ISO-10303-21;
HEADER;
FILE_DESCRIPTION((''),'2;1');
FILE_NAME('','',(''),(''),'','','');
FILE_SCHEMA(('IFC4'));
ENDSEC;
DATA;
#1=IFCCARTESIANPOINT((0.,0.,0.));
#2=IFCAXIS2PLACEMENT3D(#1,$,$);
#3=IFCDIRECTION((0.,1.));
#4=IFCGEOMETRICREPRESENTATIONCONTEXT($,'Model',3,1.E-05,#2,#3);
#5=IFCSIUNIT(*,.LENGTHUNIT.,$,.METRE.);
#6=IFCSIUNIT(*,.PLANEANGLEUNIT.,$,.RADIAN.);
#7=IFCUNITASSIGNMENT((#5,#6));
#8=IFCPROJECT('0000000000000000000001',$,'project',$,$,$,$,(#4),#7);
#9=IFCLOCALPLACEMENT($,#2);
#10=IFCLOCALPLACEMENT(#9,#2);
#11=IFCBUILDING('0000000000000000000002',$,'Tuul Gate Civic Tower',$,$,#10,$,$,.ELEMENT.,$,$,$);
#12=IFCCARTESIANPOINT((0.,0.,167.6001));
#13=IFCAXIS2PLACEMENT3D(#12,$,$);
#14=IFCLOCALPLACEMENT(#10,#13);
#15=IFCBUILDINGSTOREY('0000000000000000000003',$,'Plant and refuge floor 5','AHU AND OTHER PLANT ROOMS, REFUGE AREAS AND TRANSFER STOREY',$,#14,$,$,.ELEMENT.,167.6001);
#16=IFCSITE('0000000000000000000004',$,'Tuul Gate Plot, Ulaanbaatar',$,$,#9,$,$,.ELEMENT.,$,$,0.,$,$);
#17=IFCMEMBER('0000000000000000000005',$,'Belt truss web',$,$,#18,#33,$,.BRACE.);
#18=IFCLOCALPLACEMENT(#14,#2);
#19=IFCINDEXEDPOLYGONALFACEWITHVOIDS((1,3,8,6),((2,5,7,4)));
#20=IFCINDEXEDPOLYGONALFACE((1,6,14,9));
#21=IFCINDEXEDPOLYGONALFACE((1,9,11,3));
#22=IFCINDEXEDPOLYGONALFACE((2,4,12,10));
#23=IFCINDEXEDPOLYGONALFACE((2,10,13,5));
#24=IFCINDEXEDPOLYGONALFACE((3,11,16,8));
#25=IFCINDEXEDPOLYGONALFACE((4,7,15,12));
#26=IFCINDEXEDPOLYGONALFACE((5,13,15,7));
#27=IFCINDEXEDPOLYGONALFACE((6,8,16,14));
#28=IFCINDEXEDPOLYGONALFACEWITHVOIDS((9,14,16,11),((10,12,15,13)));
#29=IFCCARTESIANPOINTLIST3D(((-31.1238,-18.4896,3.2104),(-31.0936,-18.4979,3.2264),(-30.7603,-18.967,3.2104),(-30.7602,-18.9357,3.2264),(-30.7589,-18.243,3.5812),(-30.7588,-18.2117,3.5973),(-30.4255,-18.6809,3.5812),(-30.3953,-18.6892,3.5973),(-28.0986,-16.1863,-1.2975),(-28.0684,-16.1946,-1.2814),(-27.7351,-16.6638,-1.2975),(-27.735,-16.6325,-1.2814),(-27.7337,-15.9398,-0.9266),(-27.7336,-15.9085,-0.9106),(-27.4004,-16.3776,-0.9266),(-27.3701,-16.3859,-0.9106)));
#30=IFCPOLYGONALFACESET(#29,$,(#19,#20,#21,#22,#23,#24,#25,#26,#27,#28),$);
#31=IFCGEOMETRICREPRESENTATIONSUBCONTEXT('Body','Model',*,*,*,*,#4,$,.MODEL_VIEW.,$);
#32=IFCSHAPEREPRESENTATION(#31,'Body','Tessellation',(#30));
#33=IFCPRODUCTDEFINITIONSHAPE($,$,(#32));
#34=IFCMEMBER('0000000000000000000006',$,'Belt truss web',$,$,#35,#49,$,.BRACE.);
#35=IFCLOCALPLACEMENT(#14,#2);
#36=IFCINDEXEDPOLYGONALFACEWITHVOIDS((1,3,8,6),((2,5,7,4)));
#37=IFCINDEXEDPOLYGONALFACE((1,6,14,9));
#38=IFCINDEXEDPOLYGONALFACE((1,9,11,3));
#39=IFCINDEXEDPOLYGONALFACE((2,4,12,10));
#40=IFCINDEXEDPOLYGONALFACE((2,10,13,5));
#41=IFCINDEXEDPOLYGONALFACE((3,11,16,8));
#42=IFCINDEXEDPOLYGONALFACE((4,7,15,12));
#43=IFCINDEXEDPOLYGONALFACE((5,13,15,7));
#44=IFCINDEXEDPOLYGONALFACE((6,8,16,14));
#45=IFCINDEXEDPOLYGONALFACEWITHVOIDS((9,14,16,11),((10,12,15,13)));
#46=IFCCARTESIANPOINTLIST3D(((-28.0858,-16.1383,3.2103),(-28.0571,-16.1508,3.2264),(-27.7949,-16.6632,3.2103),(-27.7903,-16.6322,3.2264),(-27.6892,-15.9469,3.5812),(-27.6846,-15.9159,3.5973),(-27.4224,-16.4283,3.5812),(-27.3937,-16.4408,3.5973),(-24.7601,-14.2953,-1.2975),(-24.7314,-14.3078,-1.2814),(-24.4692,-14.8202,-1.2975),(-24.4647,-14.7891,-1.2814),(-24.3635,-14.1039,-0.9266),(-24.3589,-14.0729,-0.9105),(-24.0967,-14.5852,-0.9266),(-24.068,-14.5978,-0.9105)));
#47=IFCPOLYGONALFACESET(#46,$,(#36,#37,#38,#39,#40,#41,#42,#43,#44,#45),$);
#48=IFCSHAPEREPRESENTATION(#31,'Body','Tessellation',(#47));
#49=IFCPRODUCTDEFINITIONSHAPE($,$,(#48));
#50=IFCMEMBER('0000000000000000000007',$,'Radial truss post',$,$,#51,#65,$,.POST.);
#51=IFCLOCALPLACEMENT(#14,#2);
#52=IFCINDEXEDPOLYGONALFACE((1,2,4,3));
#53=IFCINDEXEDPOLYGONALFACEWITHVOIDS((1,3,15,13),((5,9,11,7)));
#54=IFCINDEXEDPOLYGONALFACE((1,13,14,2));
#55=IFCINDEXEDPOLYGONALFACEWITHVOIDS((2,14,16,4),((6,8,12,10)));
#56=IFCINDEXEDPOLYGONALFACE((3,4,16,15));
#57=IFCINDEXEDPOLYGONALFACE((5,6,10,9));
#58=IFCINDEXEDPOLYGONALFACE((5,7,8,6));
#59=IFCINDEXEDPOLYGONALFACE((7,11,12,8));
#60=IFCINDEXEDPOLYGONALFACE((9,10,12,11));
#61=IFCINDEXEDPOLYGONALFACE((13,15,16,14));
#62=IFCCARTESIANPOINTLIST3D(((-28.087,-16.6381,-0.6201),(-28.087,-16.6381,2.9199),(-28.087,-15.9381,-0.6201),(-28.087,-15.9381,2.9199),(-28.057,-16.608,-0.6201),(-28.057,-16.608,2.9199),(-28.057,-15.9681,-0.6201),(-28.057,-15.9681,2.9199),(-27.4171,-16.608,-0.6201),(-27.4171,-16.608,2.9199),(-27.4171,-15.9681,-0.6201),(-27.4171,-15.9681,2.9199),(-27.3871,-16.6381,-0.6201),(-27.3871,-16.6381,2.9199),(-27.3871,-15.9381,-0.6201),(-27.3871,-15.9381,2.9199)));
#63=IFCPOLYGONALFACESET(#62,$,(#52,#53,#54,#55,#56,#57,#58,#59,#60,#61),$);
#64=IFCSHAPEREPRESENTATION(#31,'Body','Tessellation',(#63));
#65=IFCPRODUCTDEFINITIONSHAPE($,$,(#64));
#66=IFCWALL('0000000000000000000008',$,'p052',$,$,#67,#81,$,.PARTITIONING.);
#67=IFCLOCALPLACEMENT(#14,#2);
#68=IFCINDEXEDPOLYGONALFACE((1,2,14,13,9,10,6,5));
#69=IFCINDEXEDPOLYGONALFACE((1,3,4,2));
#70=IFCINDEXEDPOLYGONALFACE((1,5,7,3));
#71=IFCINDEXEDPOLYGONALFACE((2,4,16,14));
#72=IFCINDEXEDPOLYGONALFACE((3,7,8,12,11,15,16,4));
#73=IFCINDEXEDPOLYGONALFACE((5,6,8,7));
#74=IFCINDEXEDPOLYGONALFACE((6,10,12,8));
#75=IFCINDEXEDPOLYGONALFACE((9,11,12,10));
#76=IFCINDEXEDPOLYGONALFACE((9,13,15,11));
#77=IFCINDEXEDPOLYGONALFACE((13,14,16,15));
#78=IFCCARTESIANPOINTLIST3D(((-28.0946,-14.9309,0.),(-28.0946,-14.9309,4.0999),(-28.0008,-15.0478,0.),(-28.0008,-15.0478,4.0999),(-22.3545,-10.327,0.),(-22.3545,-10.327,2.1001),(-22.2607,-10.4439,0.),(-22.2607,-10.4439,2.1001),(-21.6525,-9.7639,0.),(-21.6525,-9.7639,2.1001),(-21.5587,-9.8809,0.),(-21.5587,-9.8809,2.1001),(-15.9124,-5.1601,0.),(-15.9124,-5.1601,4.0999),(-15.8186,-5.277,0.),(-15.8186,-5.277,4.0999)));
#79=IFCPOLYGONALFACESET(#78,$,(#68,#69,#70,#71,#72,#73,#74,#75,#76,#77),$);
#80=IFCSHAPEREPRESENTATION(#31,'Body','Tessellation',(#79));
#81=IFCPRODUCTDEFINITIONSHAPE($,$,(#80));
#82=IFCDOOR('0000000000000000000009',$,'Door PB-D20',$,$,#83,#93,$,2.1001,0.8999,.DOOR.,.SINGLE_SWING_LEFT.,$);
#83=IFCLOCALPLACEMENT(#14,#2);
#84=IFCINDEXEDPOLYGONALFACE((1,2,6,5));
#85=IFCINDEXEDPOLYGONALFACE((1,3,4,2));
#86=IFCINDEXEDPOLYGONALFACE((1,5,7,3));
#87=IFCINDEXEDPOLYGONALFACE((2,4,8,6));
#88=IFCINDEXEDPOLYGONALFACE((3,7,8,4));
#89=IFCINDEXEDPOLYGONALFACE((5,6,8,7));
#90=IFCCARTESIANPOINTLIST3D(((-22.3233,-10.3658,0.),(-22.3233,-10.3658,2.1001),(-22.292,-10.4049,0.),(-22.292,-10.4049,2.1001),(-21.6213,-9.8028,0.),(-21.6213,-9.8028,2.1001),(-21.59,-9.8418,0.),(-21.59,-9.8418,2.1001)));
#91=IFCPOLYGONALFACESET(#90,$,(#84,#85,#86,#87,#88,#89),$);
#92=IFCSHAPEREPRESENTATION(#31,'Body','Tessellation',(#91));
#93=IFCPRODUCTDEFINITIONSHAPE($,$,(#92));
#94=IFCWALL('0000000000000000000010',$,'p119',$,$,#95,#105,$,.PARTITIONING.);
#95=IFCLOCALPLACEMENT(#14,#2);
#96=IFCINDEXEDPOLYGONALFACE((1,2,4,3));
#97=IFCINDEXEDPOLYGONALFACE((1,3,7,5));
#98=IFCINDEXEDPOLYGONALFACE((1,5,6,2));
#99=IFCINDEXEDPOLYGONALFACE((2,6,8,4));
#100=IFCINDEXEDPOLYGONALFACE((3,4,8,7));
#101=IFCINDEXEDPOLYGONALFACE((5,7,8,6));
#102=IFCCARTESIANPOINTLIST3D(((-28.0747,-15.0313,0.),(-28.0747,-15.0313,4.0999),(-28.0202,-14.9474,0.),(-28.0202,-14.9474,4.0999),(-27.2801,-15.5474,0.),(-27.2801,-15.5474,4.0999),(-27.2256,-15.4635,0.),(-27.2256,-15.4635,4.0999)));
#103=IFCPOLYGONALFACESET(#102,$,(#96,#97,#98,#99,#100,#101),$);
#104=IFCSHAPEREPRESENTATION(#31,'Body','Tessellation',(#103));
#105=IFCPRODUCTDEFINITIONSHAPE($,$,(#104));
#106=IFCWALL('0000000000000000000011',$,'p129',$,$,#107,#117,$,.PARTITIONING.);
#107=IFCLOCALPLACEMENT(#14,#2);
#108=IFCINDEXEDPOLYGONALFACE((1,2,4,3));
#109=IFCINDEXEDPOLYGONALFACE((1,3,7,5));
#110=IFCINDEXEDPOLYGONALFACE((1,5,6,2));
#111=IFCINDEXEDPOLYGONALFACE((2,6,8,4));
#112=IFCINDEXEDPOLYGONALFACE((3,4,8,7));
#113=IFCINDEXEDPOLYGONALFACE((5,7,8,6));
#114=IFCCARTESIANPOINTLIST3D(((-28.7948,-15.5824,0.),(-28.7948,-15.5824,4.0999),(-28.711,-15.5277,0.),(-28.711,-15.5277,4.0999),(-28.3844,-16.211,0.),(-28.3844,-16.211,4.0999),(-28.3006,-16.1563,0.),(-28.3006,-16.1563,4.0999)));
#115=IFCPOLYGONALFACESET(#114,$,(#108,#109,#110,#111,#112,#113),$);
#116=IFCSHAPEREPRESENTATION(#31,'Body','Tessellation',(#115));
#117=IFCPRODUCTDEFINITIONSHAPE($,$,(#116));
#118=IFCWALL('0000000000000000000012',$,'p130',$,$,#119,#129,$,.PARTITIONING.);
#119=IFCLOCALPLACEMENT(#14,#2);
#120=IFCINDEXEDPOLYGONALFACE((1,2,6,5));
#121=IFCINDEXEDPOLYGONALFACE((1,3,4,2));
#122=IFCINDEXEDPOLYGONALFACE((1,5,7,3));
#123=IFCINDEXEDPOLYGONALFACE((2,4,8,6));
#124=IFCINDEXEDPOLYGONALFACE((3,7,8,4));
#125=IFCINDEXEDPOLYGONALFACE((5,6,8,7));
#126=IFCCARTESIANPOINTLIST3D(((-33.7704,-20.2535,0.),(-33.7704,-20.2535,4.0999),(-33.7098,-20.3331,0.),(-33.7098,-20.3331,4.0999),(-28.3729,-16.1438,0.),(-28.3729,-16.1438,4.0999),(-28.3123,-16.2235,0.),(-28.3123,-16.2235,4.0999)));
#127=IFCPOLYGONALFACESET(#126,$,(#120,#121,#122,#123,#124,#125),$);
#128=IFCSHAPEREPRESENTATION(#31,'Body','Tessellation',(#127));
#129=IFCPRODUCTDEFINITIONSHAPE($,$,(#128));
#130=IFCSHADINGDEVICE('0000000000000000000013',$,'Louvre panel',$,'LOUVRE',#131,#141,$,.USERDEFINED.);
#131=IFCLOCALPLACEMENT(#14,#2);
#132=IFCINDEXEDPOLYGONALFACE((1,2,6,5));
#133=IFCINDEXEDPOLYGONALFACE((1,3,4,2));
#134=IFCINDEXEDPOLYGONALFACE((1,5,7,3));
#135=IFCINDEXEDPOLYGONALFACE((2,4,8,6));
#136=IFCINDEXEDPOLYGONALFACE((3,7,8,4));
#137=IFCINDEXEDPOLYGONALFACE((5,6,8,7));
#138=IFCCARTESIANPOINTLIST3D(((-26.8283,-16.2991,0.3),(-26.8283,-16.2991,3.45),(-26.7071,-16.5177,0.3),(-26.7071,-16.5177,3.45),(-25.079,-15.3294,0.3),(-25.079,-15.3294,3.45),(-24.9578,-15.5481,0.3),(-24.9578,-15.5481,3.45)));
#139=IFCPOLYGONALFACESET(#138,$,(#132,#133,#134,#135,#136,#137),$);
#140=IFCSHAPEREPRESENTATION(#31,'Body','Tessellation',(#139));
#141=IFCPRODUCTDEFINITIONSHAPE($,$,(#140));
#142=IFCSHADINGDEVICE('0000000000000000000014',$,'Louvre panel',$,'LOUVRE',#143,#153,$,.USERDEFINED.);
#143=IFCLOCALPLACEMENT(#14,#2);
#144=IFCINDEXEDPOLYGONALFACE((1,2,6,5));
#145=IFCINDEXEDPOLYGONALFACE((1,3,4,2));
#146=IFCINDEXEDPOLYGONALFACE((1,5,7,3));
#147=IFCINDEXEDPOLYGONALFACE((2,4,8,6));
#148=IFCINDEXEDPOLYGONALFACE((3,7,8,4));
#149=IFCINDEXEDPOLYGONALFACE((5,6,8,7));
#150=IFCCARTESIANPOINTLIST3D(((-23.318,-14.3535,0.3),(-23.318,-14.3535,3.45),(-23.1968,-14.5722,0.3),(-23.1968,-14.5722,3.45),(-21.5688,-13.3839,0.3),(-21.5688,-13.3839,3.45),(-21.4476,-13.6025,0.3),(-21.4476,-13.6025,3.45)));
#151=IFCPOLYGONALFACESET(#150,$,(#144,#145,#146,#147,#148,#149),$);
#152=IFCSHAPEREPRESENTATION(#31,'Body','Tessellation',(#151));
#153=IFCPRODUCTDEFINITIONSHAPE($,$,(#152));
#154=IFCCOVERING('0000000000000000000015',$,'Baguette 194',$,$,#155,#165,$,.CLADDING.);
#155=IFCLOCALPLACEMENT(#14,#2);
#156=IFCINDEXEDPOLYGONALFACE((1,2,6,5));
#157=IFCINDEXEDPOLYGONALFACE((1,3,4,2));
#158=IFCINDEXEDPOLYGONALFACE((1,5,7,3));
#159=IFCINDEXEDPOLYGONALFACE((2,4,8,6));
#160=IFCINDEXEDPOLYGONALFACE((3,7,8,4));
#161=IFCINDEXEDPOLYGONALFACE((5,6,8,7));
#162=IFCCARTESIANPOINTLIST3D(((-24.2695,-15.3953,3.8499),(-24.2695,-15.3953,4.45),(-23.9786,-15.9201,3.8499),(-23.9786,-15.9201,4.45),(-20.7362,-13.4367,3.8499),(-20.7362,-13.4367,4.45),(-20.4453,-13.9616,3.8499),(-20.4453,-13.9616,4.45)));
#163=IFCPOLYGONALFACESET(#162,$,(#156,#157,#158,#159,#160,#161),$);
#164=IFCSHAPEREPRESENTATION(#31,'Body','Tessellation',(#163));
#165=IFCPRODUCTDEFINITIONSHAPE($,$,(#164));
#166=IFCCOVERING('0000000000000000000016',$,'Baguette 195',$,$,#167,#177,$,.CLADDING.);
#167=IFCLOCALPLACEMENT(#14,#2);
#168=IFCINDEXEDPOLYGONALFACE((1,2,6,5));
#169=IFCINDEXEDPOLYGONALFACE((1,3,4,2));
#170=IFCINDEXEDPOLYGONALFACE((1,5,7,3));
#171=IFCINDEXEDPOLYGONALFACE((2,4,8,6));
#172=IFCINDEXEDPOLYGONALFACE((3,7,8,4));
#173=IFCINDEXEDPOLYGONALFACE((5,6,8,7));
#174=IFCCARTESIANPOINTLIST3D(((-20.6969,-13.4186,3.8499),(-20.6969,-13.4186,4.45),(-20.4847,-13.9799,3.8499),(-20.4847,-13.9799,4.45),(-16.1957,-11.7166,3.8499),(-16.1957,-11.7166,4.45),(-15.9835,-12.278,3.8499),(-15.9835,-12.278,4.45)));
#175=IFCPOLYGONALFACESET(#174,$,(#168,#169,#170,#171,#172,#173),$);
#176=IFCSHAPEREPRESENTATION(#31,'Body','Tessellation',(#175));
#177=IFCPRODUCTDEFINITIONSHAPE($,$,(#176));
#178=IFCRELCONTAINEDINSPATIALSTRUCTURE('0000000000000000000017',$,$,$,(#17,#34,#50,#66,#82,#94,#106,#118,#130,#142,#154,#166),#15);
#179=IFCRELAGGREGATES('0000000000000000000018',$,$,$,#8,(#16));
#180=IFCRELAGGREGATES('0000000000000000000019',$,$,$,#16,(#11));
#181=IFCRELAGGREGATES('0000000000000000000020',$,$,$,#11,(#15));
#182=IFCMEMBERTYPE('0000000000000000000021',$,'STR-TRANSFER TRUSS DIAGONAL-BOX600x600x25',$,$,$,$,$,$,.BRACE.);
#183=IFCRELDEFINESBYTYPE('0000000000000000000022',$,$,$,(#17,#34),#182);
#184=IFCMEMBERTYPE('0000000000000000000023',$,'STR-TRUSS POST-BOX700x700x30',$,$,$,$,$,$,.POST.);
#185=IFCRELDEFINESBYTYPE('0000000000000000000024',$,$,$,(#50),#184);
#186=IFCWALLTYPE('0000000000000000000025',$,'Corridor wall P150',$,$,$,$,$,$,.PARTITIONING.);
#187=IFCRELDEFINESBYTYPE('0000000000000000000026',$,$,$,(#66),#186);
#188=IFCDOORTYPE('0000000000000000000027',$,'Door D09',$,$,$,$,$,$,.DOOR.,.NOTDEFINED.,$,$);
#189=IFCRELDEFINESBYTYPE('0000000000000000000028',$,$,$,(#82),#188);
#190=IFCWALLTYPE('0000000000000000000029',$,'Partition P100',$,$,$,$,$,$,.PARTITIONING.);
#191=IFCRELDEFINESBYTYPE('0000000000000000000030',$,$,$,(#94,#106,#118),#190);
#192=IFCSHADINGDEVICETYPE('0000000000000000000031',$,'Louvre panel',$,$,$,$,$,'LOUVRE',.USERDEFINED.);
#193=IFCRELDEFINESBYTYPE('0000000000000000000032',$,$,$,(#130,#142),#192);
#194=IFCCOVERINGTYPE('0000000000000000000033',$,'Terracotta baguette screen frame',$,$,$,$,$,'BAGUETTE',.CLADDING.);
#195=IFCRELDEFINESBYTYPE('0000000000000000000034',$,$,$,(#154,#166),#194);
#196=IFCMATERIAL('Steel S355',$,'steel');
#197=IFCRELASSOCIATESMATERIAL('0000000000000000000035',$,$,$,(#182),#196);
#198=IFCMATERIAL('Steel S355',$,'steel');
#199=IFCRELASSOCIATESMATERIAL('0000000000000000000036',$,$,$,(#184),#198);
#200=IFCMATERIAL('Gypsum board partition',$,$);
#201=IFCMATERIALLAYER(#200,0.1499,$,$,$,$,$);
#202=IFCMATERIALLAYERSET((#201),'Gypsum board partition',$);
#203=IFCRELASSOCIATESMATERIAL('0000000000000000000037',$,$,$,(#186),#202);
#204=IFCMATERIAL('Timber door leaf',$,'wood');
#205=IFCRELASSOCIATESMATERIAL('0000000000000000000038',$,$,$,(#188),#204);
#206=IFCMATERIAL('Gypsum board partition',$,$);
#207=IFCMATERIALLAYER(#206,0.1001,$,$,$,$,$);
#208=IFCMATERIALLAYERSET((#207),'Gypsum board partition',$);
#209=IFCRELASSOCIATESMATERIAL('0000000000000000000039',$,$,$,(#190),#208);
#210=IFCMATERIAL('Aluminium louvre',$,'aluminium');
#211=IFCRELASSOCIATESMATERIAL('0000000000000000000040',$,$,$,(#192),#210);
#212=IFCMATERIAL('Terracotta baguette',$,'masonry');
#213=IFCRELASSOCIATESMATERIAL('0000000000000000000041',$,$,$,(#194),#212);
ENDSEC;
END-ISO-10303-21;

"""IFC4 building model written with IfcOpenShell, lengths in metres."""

from ifc_helpers import new_model, si_unit, direction, frame, frame_2d, origin, origin_2d, place, context, subcontext, project, spatial, rectangle, hollow_rectangle, extrude, material, layer, layer_set, material_profile, profile_set, type_object, element, fill, save


model = new_model("IFC4")

# Units and contexts
model_context = context("Model", 3, precision=1e-05, world=origin(), true_north=direction((0.0, 1.0)))
body_context = subcontext(model_context, "Body", "Model", "MODEL_VIEW")
ifc_project = project(units=[si_unit("LENGTHUNIT", "METRE"), si_unit("PLANEANGLEUNIT", "RADIAN")], contexts=[model_context])

# Site, building, storey
site_placement = place(None, origin())
site = spatial("IfcSite", under=ifc_project, at=site_placement, Name="Tuul Gate Plot, Ulaanbaatar", CompositionType="ELEMENT", RefElevation=0.0)
building_placement = place(site_placement, origin())
building = spatial("IfcBuilding", under=site, at=building_placement, Name="Tuul Gate Civic Tower", CompositionType="ELEMENT")
storey_placement = place(building_placement, frame((0.0, 0.0, 167.6001)))
storey = spatial("IfcBuildingStorey", under=building, at=storey_placement, Name="Plant and refuge floor 5", Description="AHU AND OTHER PLANT ROOMS, REFUGE AREAS AND TRANSFER STOREY", CompositionType="ELEMENT", Elevation=167.6001)

# Members
ifc_material_1 = material(Name="Steel S355", Category="steel")
ifc_material_profile_1 = material_profile(ifc_material_1, hollow_rectangle(XDim=0.6001, YDim=0.6001, WallThickness=0.0249, at=origin_2d()), Name="BOX600x600x25")
ifc_profile_set_1 = profile_set([ifc_material_profile_1], Name="Steel S355")
member_type_1 = type_object("IfcMemberType", Name="STR-TRANSFER TRUSS DIAGONAL-BOX600x600x25", PredefinedType="BRACE", material=ifc_profile_set_1)
for number, where, z_axis, x_axis, name in (
    (1, (-27.7344, -16.2861, -1.104), (-0.512982, -0.390563, 0.764402), (0.605768, -0.795641, 0.0), "Belt truss web"),
    (2, (-24.4141, -14.4465, -1.104), (-0.56394, -0.312523, 0.764396), (0.484721, -0.874669, 0.0), "Belt truss web"),
):
    element("IfcMember", number, at=place(storey_placement, frame(where, z_axis=z_axis, x_axis=x_axis)), inside=storey, type_object=member_type_1, Name=name, PredefinedType="BRACE", context=body_context, shape_type="SweptSolid", body=[
        extrude(hollow_rectangle(XDim=0.6001, YDim=0.6001, WallThickness=0.0249, at=origin_2d()), origin(), (0.0, 0.0, 1.0), 5.8972),
    ])
ifc_material_2 = material(Name="Steel S355", Category="steel")
ifc_material_profile_2 = material_profile(ifc_material_2, hollow_rectangle(XDim=0.7, YDim=0.7, WallThickness=0.03, at=origin_2d()), Name="BOX700x700x30")
ifc_profile_set_2 = profile_set([ifc_material_profile_2], Name="Steel S355")
member_type_2 = type_object("IfcMemberType", Name="STR-TRUSS POST-BOX700x700x30", PredefinedType="POST", material=ifc_profile_set_2)
member_1_placement = place(storey_placement, frame((-27.7371, -16.2881, -0.6201), z_axis=(0.0, 0.0, 1.0), x_axis=(1.0, 0.0, 0.0)))
element("IfcMember", 3, at=member_1_placement, inside=storey, type_object=member_type_2, Name="Radial truss post", PredefinedType="POST", context=body_context, shape_type="SweptSolid", body=[
    extrude(hollow_rectangle(XDim=0.7, YDim=0.7, WallThickness=0.03, at=origin_2d()), origin(), (0.0, 0.0, 1.0), 3.54),
])

# Wall, opening, door
ifc_material_3 = material(Name="Gypsum board partition")
ifc_layer_1 = layer(ifc_material_3, 0.1499)
ifc_layer_set_1 = layer_set([ifc_layer_1], Name="Gypsum board partition")
wall_type_1 = type_object("IfcWallType", Name="Corridor wall P150", PredefinedType="PARTITIONING", material=ifc_layer_set_1)
wall_1_placement = place(storey_placement, frame((-28.0476, -14.9893, 0.0), z_axis=(0.0, 0.0, 1.0), x_axis=(0.780086, 0.625673, 0.0)))
wall_1 = element("IfcWall", 4, at=wall_1_placement, inside=storey, type_object=wall_type_1, Name="p052", PredefinedType="PARTITIONING", context=body_context, shape_type="SweptSolid", body=[
    extrude(rectangle(XDim=15.6165, YDim=0.1499, at=frame_2d((7.8081, 0.0))), origin(), (0.0, 0.0, 1.0), 4.0999),
])
opening_1_placement = place(wall_1_placement, frame((7.3582, 0.0, 0.0)))
opening_1 = element("IfcOpeningElement", 5, at=opening_1_placement, cuts=wall_1, PredefinedType="OPENING", context=body_context, shape_type="SweptSolid", body=[
    extrude(rectangle(XDim=0.8999, YDim=2.1001, at=frame_2d((0.45, 1.05))), frame((0.0, 0.085, 0.0), z_axis=(0.0, -1.0, 0.0), x_axis=(1.0, 0.0, 0.0)), (0.0, 0.0, 1.0), 0.1699),
])
ifc_material_4 = material(Name="Timber door leaf", Category="wood")
door_type_1 = type_object("IfcDoorType", Name="Door D09", OperationType="NOTDEFINED", PredefinedType="DOOR", material=ifc_material_4)
door_1_placement = place(opening_1_placement, frame((0.8999, 0.0, 0.0), z_axis=(0.0, 0.0, 1.0), x_axis=(-1.0, 0.0, 0.0)))
door_1 = element("IfcDoor", 6, at=door_1_placement, inside=storey, type_object=door_type_1, Name="Door PB-D20", OperationType="SINGLE_SWING_LEFT", OverallHeight=2.1001, OverallWidth=0.8999, PredefinedType="DOOR", context=body_context, shape_type="SweptSolid", body=[
    extrude(rectangle(XDim=0.8999, YDim=2.1001, at=frame_2d((0.45, 1.05))), frame((0.0, 0.0249, 0.0), z_axis=(0.0, -1.0, 0.0), x_axis=(1.0, 0.0, 0.0)), (0.0, 0.0, 1.0), 0.05),
])
fill(opening_1, door_1)

# Walls
ifc_material_5 = material(Name="Gypsum board partition")
ifc_layer_2 = layer(ifc_material_5, 0.1001)
ifc_layer_set_2 = layer_set([ifc_layer_2], Name="Gypsum board partition")
wall_type_2 = type_object("IfcWallType", Name="Partition P100", PredefinedType="PARTITIONING", material=ifc_layer_set_2)
wall_2_placement = place(storey_placement, frame((-27.2529, -15.5054, 0.0), z_axis=(0.0, 0.0, 1.0), x_axis=(-0.83865, 0.544671, 0.0)))
element("IfcWall", 7, at=wall_2_placement, inside=storey, type_object=wall_type_2, Name="p119", PredefinedType="PARTITIONING", context=body_context, shape_type="SweptSolid", body=[
    extrude(rectangle(XDim=0.9475, YDim=0.1001, at=frame_2d((0.4736, 0.0))), origin(), (0.0, 0.0, 1.0), 4.0999),
])
wall_3_placement = place(storey_placement, frame((-28.7529, -15.5549, 0.0), z_axis=(0.0, 0.0, 1.0), x_axis=(0.546645, -0.837365, 0.0)))
element("IfcWall", 8, at=wall_3_placement, inside=storey, type_object=wall_type_2, Name="p129", PredefinedType="PARTITIONING", context=body_context, shape_type="SweptSolid", body=[
    extrude(rectangle(XDim=0.7507, YDim=0.1001, at=frame_2d((0.3755, 0.0))), origin(), (0.0, 0.0, 1.0), 4.0999),
])
wall_4_placement = place(storey_placement, frame((-28.3425, -16.1836, 0.0), z_axis=(0.0, 0.0, 1.0), x_axis=(-0.795626, -0.605788, 0.0)))
element("IfcWall", 9, at=wall_4_placement, inside=storey, type_object=wall_type_2, Name="p130", PredefinedType="PARTITIONING", context=body_context, shape_type="SweptSolid", body=[
    extrude(rectangle(XDim=6.7839, YDim=0.1001, at=frame_2d((3.3921, 0.0))), origin(), (0.0, 0.0, 1.0), 4.0999),
])

# Shading devices
ifc_material_6 = material(Name="Aluminium louvre", Category="aluminium")
shading_device_type = type_object("IfcShadingDeviceType", Name="Louvre panel", ElementType="LOUVRE", PredefinedType="USERDEFINED", material=ifc_material_6)
for number, where, z_axis, x_axis, name in (
    (10, (-25.8931, -15.9236, 0.3), (0.0, 0.0, 1.0), (0.484808, -0.874621, 0.0), "Louvre panel"),
    (11, (-22.3828, -13.978, 0.3), (0.0, 0.0, 1.0), (0.484808, -0.874621, 0.0), "Louvre panel"),
):
    element("IfcShadingDevice", number, at=place(storey_placement, frame(where, z_axis=z_axis, x_axis=x_axis)), inside=storey, type_object=shading_device_type, Name=name, ObjectType="LOUVRE", PredefinedType="USERDEFINED", context=body_context, shape_type="SweptSolid", body=[
        extrude(rectangle(XDim=0.25, YDim=2.0, at=origin_2d()), origin(), (0.0, 0.0, 1.0), 3.1499),
    ])

# Coverings
ifc_material_7 = material(Name="Terracotta baguette", Category="masonry")
ifc_material_profile_3 = material_profile(ifc_material_7, rectangle(XDim=0.6001, YDim=0.6001, at=origin_2d()), Name="Terracotta baguette screen frame")
ifc_profile_set_3 = profile_set([ifc_material_profile_3], Name="Terracotta baguette")
covering_type = type_object("IfcCoveringType", Name="Terracotta baguette screen frame", ElementType="BAGUETTE", PredefinedType="CLADDING", material=ifc_profile_set_3)
covering_1_placement = place(storey_placement, frame((-24.124, -15.6577, 4.1499), z_axis=(0.874619, 0.484811, 0.0), x_axis=(-0.484811, 0.874619, 0.0)))
element("IfcCovering", 12, at=covering_1_placement, inside=storey, type_object=covering_type, Name="Baguette 194", PredefinedType="CLADDING", context=body_context, shape_type="SweptSolid", body=[
    extrude(rectangle(XDim=0.6001, YDim=0.6001, at=origin_2d()), origin(), (0.0, 0.0, 1.0), 4.0398),
])
covering_2_placement = place(storey_placement, frame((-20.5908, -13.6992, 4.1499), z_axis=(0.935373, 0.353663, 0.0), x_axis=(-0.353663, 0.935373, 0.0)))
element("IfcCovering", 13, at=covering_2_placement, inside=storey, type_object=covering_type, Name="Baguette 195", PredefinedType="CLADDING", context=body_context, shape_type="SweptSolid", body=[
    extrude(rectangle(XDim=0.6001, YDim=0.6001, at=origin_2d()), origin(), (0.0, 0.0, 1.0), 4.8123),
])

save(model, "model.ifc")
